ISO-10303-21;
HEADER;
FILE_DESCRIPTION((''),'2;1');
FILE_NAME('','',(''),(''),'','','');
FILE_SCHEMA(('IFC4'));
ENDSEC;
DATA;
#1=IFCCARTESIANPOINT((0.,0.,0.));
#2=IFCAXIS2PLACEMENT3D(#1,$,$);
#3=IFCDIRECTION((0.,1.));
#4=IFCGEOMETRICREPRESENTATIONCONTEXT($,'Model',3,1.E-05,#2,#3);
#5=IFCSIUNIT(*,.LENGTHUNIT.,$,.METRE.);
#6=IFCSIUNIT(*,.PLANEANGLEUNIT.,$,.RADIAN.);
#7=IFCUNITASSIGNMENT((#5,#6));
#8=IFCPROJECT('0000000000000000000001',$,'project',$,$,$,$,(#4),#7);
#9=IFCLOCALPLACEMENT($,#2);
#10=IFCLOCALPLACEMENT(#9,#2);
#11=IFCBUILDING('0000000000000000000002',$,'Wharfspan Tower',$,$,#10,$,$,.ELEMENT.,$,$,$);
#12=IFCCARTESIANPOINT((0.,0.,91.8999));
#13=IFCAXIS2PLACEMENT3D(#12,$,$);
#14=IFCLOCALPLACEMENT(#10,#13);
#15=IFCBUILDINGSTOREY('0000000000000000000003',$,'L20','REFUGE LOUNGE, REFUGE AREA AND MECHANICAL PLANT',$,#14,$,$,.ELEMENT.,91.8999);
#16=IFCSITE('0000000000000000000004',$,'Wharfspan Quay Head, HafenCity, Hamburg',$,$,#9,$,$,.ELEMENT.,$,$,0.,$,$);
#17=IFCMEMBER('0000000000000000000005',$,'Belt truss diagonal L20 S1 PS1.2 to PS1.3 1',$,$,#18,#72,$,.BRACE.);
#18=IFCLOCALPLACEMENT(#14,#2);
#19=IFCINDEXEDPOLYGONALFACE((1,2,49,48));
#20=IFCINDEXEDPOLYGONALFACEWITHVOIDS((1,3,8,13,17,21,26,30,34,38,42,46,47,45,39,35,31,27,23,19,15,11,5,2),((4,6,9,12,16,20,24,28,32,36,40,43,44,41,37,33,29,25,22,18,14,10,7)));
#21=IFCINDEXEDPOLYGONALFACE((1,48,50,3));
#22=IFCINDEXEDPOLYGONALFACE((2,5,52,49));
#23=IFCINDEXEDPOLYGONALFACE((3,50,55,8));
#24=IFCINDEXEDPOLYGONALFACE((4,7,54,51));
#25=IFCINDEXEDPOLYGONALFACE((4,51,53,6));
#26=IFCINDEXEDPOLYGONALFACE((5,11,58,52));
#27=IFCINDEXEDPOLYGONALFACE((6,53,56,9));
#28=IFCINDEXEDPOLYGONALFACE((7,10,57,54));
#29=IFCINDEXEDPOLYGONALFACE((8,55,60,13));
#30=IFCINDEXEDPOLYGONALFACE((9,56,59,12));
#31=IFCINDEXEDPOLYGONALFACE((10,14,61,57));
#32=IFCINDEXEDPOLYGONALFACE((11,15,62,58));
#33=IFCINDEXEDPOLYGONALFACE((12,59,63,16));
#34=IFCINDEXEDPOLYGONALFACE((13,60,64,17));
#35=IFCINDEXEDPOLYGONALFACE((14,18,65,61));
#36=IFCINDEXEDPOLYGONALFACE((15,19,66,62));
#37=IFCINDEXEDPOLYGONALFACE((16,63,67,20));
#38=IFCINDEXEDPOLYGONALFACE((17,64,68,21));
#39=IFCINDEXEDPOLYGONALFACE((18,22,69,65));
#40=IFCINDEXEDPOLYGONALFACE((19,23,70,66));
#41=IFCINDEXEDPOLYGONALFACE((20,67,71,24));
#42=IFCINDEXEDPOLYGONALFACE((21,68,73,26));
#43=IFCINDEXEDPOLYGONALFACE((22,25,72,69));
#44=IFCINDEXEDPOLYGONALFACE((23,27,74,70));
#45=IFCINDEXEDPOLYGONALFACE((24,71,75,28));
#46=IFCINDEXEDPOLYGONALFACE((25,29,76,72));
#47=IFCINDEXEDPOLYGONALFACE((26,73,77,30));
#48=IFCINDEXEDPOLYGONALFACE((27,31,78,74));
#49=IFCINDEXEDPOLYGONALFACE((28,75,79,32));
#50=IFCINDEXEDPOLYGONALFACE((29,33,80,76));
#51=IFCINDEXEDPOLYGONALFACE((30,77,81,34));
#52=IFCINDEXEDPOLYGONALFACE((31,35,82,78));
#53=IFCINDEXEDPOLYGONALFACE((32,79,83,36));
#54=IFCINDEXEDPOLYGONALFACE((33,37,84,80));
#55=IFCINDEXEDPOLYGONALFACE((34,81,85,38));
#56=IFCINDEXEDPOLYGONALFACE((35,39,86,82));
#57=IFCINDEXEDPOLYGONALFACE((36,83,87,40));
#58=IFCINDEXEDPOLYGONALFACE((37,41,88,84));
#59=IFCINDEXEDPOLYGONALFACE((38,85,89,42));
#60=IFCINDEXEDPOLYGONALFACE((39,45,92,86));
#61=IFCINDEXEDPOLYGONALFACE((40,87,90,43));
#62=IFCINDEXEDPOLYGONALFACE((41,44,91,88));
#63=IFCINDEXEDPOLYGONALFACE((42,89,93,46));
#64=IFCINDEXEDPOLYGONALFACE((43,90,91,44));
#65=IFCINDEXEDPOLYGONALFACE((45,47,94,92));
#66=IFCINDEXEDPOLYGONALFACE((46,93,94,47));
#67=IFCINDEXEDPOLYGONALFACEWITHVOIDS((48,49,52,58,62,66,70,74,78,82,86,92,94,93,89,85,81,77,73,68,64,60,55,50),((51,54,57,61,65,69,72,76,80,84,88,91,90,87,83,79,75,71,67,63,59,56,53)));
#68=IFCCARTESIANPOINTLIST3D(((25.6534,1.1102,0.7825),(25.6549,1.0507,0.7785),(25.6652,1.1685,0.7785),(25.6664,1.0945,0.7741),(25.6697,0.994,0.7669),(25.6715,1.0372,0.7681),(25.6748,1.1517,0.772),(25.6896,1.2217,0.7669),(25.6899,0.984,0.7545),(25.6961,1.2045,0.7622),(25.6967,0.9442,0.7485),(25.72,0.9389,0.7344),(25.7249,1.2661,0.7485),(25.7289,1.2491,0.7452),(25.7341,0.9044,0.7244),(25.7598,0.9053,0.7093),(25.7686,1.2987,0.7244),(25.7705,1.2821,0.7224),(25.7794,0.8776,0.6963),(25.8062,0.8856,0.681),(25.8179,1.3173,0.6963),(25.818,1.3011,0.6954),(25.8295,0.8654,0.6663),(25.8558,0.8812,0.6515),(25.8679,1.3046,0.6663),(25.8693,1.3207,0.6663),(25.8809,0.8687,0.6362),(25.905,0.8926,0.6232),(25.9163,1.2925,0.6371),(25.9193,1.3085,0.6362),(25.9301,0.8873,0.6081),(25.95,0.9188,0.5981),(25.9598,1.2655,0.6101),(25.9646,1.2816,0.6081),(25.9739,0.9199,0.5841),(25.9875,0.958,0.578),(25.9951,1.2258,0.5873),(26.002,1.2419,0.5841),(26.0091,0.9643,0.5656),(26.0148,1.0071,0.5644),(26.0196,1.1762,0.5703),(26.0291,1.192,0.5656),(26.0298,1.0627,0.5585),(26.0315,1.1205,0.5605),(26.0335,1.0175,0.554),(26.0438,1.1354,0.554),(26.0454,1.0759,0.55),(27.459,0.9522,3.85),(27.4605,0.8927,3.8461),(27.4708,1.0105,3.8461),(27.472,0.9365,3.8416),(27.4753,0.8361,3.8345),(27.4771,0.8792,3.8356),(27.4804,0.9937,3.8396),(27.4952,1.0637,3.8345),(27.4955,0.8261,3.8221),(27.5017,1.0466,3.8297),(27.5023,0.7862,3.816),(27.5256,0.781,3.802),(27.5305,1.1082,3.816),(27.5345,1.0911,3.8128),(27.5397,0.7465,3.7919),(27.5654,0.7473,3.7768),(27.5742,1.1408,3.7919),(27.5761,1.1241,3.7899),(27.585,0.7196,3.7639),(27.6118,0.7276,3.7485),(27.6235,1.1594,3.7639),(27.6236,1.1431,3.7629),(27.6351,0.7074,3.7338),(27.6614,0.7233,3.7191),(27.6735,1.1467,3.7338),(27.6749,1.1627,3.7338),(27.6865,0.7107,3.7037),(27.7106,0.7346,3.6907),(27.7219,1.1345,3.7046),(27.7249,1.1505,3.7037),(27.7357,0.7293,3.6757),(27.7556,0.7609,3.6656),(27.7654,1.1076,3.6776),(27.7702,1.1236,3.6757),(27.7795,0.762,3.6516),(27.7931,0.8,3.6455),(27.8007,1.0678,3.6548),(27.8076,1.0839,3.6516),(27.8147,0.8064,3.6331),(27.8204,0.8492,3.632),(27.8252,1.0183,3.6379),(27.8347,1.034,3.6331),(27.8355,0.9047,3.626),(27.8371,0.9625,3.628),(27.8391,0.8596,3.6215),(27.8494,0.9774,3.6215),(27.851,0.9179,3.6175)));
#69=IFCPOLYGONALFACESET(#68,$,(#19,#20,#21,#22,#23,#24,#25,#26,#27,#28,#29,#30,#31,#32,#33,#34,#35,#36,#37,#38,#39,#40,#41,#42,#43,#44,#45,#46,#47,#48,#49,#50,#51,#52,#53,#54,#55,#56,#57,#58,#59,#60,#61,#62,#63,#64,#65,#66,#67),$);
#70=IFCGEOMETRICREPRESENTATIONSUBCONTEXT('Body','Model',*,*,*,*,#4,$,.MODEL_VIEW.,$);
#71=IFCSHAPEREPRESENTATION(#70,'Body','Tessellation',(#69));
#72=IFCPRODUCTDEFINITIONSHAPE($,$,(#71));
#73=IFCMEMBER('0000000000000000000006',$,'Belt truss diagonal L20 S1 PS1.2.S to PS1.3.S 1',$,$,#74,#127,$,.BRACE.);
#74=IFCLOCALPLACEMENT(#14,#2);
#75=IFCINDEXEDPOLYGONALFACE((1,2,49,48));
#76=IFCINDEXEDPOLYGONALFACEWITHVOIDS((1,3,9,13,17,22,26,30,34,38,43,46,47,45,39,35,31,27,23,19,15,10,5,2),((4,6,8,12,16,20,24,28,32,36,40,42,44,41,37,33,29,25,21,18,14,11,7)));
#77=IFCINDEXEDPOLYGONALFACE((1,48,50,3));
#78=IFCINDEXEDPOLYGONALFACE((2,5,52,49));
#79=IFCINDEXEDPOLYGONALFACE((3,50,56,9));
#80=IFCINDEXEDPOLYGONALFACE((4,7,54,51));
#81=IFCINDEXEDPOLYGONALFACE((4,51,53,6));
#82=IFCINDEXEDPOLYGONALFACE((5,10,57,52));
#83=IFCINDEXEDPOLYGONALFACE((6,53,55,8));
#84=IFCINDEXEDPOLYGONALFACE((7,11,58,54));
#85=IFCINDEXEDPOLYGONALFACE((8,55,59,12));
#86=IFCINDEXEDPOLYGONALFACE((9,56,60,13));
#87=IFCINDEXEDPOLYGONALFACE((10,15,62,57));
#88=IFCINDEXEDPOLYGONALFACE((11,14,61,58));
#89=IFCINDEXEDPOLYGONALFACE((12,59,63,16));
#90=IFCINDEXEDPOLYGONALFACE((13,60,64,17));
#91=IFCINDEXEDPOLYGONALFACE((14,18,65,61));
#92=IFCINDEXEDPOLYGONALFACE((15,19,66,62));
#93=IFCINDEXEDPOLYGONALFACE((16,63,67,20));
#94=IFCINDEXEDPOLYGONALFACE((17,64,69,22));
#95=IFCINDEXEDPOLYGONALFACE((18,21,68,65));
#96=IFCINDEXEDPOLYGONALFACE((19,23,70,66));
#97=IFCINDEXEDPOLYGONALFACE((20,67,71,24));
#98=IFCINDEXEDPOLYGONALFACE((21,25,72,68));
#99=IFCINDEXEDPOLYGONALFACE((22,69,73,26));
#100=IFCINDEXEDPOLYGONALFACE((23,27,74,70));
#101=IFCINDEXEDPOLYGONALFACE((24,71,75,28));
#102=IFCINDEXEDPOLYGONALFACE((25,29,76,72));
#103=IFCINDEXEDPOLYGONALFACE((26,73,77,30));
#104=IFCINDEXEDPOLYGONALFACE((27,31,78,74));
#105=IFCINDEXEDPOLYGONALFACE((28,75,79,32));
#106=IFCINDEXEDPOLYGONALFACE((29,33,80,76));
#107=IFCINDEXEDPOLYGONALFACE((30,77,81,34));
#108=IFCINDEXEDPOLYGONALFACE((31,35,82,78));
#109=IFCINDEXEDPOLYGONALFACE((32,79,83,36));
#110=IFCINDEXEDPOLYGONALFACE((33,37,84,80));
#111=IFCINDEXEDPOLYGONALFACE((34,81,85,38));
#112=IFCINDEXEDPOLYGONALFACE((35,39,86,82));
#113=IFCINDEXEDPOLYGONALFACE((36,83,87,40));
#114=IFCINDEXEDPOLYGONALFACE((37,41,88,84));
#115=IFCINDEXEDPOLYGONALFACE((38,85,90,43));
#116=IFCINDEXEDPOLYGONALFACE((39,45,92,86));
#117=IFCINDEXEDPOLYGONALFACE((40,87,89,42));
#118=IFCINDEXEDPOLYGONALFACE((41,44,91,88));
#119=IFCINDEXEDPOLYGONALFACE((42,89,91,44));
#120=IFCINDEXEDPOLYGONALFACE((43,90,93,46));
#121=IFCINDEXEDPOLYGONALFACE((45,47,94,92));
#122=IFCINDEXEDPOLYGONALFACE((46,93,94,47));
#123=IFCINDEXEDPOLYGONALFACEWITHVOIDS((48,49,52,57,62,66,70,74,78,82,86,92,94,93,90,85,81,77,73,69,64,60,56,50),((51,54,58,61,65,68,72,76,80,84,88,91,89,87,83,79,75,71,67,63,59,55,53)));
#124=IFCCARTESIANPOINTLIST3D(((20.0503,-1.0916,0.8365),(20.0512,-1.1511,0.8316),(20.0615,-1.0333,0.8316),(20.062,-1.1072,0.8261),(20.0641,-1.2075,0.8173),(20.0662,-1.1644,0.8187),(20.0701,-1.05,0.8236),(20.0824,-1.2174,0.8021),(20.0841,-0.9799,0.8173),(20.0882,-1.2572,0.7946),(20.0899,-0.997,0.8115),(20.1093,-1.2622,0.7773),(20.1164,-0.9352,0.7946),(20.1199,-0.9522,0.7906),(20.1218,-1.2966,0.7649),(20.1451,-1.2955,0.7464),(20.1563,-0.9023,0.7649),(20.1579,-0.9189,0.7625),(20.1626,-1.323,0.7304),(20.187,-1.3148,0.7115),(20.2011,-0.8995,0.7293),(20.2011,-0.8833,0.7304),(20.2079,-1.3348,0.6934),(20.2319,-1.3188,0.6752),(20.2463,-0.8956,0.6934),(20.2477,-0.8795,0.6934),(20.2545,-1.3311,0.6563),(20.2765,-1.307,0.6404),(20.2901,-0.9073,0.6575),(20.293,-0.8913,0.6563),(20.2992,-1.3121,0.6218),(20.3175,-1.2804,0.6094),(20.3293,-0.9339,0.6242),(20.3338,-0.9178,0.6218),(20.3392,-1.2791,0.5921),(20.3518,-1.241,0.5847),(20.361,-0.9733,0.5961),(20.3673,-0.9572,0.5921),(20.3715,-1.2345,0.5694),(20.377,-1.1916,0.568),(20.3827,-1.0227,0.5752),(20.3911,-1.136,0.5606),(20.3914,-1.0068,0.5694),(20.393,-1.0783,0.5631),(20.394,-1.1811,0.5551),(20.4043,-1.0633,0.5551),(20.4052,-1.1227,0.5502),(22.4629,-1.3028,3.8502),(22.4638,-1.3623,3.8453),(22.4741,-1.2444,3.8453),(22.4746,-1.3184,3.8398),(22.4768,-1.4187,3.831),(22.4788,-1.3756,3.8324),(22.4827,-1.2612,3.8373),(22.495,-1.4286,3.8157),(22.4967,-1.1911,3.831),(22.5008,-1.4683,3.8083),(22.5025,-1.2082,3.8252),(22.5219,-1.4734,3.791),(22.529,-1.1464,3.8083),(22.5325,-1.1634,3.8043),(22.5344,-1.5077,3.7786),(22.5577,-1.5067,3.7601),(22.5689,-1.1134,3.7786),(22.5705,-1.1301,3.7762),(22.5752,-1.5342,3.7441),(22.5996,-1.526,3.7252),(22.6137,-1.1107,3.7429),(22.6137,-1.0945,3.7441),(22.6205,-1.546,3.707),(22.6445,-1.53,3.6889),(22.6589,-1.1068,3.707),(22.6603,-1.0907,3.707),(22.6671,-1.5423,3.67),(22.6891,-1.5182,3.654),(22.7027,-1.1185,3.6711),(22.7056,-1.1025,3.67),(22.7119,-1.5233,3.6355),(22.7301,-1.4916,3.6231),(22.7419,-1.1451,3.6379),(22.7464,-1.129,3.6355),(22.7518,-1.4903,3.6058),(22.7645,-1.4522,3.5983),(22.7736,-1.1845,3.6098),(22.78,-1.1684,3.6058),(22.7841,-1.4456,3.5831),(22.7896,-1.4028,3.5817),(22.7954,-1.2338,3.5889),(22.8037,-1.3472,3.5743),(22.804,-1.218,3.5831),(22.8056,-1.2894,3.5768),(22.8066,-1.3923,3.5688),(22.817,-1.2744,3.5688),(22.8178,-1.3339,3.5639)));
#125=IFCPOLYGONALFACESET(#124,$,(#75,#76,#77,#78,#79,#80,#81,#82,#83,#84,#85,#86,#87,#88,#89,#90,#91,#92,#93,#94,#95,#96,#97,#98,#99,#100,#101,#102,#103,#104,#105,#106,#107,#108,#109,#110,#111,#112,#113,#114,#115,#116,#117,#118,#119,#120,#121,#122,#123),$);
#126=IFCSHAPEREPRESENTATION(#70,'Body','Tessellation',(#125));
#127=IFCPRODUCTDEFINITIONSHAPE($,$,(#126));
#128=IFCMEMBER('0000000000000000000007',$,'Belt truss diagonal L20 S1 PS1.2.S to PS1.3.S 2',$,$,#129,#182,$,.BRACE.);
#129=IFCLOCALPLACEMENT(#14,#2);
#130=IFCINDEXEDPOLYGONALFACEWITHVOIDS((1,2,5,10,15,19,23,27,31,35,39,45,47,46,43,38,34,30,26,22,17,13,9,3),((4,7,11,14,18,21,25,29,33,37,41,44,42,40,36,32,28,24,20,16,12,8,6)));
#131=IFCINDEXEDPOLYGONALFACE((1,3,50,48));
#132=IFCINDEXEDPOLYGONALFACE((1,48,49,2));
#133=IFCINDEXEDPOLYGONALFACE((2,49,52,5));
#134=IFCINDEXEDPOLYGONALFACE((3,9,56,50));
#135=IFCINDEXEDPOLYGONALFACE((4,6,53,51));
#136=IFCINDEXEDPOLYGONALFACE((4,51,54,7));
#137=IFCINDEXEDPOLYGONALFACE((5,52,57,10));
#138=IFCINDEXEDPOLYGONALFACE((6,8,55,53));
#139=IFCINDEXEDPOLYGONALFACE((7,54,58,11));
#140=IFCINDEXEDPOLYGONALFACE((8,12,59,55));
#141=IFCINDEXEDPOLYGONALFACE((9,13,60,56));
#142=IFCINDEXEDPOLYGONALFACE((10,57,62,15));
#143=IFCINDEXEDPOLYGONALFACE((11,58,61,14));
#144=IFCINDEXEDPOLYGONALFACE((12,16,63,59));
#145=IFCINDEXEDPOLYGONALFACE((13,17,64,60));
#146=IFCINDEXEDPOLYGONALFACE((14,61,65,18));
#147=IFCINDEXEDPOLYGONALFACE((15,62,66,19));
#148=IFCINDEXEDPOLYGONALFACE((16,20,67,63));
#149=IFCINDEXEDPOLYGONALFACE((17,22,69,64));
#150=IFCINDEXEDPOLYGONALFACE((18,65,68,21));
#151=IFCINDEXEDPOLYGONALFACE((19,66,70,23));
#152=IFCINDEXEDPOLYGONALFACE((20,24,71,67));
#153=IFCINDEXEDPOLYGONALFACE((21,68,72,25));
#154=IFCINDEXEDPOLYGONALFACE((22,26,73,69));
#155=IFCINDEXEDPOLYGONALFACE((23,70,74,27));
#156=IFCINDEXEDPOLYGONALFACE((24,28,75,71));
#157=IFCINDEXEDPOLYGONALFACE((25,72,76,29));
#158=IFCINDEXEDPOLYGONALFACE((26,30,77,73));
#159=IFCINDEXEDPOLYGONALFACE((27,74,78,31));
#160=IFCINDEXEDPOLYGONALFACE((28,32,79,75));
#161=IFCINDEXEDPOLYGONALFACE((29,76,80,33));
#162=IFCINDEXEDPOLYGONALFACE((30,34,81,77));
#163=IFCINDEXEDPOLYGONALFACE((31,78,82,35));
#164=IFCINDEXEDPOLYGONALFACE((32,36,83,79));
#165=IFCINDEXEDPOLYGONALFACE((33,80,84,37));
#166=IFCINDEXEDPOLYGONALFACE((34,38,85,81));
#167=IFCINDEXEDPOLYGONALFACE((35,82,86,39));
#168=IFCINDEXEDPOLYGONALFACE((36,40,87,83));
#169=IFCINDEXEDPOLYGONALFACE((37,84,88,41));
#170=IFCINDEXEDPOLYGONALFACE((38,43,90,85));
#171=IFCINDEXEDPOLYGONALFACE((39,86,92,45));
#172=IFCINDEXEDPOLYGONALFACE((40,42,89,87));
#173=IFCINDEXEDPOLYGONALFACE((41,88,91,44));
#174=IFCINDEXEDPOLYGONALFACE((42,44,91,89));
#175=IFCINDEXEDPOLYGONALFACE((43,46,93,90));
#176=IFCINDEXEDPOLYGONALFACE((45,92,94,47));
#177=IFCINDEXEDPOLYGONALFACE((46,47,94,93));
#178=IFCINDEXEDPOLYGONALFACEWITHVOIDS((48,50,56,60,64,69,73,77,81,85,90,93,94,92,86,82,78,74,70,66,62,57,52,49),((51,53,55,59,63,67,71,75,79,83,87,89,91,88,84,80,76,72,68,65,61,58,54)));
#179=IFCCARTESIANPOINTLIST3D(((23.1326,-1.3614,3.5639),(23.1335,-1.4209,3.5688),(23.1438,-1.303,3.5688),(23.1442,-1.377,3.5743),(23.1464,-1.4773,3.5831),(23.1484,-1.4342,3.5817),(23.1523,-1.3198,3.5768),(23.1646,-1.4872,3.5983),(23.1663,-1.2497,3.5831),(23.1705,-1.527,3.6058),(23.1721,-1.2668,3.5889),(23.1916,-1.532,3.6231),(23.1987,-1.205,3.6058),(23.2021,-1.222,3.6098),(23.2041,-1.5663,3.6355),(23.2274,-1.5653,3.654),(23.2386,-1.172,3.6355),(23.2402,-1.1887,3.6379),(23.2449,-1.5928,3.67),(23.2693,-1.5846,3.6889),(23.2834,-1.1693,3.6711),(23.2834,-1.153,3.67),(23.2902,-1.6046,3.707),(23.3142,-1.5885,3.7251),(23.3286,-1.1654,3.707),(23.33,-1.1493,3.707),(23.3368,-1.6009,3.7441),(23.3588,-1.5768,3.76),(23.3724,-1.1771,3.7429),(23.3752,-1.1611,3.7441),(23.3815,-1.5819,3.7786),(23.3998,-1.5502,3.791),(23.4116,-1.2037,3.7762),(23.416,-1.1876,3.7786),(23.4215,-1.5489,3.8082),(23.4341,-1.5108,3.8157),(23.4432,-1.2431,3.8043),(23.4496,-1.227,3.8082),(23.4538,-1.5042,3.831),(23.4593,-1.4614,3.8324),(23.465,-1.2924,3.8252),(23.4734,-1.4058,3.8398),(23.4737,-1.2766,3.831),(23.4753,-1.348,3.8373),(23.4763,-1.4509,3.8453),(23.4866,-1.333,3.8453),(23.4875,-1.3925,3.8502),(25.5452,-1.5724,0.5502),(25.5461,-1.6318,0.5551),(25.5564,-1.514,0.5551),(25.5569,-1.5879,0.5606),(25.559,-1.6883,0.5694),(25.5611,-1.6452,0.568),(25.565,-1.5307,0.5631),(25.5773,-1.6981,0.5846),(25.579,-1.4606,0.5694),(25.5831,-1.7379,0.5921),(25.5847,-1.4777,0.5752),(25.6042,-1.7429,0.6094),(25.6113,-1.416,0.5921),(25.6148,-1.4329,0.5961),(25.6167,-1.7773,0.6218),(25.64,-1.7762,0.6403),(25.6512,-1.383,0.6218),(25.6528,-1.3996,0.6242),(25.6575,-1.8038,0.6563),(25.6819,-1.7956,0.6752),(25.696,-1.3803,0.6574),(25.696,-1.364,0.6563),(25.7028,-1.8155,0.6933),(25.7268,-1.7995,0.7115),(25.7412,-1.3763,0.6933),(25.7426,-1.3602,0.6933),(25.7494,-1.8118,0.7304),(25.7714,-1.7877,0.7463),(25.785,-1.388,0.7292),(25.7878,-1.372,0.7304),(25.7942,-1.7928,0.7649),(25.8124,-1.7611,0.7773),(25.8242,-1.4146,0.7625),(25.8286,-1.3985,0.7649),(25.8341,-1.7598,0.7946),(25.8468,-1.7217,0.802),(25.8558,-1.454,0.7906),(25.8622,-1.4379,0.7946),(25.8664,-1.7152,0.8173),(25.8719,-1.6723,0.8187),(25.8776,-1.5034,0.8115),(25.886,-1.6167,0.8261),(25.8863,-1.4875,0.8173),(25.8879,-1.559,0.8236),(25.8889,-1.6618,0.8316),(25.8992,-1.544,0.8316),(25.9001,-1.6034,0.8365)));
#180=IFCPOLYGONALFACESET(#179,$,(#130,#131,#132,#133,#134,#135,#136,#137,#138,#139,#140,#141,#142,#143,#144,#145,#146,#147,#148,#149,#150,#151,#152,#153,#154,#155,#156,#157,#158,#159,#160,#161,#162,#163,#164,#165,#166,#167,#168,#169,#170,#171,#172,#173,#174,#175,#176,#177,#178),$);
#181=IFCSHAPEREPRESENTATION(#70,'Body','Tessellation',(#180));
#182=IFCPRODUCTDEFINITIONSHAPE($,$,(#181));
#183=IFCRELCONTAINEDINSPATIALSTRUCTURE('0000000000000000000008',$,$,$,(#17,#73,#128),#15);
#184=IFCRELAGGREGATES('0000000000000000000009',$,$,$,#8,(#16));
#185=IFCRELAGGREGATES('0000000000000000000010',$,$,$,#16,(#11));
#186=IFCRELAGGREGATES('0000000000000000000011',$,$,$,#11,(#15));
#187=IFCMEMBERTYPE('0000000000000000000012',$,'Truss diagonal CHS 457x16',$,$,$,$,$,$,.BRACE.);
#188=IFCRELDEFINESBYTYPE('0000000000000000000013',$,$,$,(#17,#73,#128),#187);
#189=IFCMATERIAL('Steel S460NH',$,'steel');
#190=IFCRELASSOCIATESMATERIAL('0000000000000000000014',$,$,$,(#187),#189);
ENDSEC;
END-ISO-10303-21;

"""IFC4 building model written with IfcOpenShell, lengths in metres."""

from ifc_helpers import new_model, si_unit, direction, frame, origin, origin_2d, place, context, subcontext, project, spatial, hollow_circle, extrude, material, material_profile, profile_set, type_object, element, save


model = new_model("IFC4")

# Units and contexts
model_context = context("Model", 3, precision=1e-05, world=origin(), true_north=direction((0.0, 1.0)))
body_context = subcontext(model_context, "Body", "Model", "MODEL_VIEW")
ifc_project = project(units=[si_unit("LENGTHUNIT", "METRE"), si_unit("PLANEANGLEUNIT", "RADIAN")], contexts=[model_context])

# Site, building, storey
site_placement = place(None, origin())
site = spatial("IfcSite", under=ifc_project, at=site_placement, Name="Wharfspan Quay Head, HafenCity, Hamburg", CompositionType="ELEMENT", RefElevation=0.0)
building_placement = place(site_placement, origin())
building = spatial("IfcBuilding", under=site, at=building_placement, Name="Wharfspan Tower", CompositionType="ELEMENT")
storey_placement = place(building_placement, frame((0.0, 0.0, 91.8999)))
storey = spatial("IfcBuildingStorey", under=building, at=storey_placement, Name="L20", Description="REFUGE LOUNGE, REFUGE AREA AND MECHANICAL PLANT", CompositionType="ELEMENT", Elevation=91.8999)

# Members
ifc_material_1 = material(Name="Steel S460NH", Category="steel")
ifc_material_profile_1 = material_profile(ifc_material_1, hollow_circle(Radius=0.2285, WallThickness=0.0161, at=origin_2d()))
ifc_profile_set_1 = profile_set([ifc_material_profile_1], Name="Steel S460NH")
member_type_1 = type_object("IfcMemberType", Name="Truss diagonal CHS 457x16", PredefinedType="BRACE", material=ifc_profile_set_1)
member_1_placement = place(storey_placement, frame((25.8494, 1.093, 0.6663), z_axis=(0.506767, -0.044332, 0.860942), x_axis=(0.087147, 0.996193, 0.0)))
element("IfcMember", 1, at=member_1_placement, inside=storey, type_object=member_type_1, Name="Belt truss diagonal L20 S1 PS1.2 to PS1.3 1", PredefinedType="BRACE", context=body_context, shape_type="SweptSolid", body=[
    extrude(hollow_circle(Radius=0.2285, WallThickness=0.0161, at=origin_2d()), origin(), (0.0, 0.0, 1.0), 3.563),
])
for number, where, z_axis, x_axis, name in (
    (2, (20.2278, -1.1072, 0.6934), (0.624024, -0.054623, 0.779494), (0.087204, 0.996193, -0.000003), "Belt truss diagonal L20 S1 PS1.2.S to PS1.3.S 1"),
    (3, (23.3101, -1.377, 3.707), (0.624026, -0.05456, -0.779496), (0.087101, 0.996197, 0.000001), "Belt truss diagonal L20 S1 PS1.2.S to PS1.3.S 2"),
):
    element("IfcMember", number, at=place(storey_placement, frame(where, z_axis=z_axis, x_axis=x_axis)), inside=storey, type_object=member_type_1, Name=name, PredefinedType="BRACE", context=body_context, shape_type="SweptSolid", body=[
        extrude(hollow_circle(Radius=0.2285, WallThickness=0.0161, at=origin_2d()), origin(), (0.0, 0.0, 1.0), 3.8662),
    ])

save(model, "model.ifc")
